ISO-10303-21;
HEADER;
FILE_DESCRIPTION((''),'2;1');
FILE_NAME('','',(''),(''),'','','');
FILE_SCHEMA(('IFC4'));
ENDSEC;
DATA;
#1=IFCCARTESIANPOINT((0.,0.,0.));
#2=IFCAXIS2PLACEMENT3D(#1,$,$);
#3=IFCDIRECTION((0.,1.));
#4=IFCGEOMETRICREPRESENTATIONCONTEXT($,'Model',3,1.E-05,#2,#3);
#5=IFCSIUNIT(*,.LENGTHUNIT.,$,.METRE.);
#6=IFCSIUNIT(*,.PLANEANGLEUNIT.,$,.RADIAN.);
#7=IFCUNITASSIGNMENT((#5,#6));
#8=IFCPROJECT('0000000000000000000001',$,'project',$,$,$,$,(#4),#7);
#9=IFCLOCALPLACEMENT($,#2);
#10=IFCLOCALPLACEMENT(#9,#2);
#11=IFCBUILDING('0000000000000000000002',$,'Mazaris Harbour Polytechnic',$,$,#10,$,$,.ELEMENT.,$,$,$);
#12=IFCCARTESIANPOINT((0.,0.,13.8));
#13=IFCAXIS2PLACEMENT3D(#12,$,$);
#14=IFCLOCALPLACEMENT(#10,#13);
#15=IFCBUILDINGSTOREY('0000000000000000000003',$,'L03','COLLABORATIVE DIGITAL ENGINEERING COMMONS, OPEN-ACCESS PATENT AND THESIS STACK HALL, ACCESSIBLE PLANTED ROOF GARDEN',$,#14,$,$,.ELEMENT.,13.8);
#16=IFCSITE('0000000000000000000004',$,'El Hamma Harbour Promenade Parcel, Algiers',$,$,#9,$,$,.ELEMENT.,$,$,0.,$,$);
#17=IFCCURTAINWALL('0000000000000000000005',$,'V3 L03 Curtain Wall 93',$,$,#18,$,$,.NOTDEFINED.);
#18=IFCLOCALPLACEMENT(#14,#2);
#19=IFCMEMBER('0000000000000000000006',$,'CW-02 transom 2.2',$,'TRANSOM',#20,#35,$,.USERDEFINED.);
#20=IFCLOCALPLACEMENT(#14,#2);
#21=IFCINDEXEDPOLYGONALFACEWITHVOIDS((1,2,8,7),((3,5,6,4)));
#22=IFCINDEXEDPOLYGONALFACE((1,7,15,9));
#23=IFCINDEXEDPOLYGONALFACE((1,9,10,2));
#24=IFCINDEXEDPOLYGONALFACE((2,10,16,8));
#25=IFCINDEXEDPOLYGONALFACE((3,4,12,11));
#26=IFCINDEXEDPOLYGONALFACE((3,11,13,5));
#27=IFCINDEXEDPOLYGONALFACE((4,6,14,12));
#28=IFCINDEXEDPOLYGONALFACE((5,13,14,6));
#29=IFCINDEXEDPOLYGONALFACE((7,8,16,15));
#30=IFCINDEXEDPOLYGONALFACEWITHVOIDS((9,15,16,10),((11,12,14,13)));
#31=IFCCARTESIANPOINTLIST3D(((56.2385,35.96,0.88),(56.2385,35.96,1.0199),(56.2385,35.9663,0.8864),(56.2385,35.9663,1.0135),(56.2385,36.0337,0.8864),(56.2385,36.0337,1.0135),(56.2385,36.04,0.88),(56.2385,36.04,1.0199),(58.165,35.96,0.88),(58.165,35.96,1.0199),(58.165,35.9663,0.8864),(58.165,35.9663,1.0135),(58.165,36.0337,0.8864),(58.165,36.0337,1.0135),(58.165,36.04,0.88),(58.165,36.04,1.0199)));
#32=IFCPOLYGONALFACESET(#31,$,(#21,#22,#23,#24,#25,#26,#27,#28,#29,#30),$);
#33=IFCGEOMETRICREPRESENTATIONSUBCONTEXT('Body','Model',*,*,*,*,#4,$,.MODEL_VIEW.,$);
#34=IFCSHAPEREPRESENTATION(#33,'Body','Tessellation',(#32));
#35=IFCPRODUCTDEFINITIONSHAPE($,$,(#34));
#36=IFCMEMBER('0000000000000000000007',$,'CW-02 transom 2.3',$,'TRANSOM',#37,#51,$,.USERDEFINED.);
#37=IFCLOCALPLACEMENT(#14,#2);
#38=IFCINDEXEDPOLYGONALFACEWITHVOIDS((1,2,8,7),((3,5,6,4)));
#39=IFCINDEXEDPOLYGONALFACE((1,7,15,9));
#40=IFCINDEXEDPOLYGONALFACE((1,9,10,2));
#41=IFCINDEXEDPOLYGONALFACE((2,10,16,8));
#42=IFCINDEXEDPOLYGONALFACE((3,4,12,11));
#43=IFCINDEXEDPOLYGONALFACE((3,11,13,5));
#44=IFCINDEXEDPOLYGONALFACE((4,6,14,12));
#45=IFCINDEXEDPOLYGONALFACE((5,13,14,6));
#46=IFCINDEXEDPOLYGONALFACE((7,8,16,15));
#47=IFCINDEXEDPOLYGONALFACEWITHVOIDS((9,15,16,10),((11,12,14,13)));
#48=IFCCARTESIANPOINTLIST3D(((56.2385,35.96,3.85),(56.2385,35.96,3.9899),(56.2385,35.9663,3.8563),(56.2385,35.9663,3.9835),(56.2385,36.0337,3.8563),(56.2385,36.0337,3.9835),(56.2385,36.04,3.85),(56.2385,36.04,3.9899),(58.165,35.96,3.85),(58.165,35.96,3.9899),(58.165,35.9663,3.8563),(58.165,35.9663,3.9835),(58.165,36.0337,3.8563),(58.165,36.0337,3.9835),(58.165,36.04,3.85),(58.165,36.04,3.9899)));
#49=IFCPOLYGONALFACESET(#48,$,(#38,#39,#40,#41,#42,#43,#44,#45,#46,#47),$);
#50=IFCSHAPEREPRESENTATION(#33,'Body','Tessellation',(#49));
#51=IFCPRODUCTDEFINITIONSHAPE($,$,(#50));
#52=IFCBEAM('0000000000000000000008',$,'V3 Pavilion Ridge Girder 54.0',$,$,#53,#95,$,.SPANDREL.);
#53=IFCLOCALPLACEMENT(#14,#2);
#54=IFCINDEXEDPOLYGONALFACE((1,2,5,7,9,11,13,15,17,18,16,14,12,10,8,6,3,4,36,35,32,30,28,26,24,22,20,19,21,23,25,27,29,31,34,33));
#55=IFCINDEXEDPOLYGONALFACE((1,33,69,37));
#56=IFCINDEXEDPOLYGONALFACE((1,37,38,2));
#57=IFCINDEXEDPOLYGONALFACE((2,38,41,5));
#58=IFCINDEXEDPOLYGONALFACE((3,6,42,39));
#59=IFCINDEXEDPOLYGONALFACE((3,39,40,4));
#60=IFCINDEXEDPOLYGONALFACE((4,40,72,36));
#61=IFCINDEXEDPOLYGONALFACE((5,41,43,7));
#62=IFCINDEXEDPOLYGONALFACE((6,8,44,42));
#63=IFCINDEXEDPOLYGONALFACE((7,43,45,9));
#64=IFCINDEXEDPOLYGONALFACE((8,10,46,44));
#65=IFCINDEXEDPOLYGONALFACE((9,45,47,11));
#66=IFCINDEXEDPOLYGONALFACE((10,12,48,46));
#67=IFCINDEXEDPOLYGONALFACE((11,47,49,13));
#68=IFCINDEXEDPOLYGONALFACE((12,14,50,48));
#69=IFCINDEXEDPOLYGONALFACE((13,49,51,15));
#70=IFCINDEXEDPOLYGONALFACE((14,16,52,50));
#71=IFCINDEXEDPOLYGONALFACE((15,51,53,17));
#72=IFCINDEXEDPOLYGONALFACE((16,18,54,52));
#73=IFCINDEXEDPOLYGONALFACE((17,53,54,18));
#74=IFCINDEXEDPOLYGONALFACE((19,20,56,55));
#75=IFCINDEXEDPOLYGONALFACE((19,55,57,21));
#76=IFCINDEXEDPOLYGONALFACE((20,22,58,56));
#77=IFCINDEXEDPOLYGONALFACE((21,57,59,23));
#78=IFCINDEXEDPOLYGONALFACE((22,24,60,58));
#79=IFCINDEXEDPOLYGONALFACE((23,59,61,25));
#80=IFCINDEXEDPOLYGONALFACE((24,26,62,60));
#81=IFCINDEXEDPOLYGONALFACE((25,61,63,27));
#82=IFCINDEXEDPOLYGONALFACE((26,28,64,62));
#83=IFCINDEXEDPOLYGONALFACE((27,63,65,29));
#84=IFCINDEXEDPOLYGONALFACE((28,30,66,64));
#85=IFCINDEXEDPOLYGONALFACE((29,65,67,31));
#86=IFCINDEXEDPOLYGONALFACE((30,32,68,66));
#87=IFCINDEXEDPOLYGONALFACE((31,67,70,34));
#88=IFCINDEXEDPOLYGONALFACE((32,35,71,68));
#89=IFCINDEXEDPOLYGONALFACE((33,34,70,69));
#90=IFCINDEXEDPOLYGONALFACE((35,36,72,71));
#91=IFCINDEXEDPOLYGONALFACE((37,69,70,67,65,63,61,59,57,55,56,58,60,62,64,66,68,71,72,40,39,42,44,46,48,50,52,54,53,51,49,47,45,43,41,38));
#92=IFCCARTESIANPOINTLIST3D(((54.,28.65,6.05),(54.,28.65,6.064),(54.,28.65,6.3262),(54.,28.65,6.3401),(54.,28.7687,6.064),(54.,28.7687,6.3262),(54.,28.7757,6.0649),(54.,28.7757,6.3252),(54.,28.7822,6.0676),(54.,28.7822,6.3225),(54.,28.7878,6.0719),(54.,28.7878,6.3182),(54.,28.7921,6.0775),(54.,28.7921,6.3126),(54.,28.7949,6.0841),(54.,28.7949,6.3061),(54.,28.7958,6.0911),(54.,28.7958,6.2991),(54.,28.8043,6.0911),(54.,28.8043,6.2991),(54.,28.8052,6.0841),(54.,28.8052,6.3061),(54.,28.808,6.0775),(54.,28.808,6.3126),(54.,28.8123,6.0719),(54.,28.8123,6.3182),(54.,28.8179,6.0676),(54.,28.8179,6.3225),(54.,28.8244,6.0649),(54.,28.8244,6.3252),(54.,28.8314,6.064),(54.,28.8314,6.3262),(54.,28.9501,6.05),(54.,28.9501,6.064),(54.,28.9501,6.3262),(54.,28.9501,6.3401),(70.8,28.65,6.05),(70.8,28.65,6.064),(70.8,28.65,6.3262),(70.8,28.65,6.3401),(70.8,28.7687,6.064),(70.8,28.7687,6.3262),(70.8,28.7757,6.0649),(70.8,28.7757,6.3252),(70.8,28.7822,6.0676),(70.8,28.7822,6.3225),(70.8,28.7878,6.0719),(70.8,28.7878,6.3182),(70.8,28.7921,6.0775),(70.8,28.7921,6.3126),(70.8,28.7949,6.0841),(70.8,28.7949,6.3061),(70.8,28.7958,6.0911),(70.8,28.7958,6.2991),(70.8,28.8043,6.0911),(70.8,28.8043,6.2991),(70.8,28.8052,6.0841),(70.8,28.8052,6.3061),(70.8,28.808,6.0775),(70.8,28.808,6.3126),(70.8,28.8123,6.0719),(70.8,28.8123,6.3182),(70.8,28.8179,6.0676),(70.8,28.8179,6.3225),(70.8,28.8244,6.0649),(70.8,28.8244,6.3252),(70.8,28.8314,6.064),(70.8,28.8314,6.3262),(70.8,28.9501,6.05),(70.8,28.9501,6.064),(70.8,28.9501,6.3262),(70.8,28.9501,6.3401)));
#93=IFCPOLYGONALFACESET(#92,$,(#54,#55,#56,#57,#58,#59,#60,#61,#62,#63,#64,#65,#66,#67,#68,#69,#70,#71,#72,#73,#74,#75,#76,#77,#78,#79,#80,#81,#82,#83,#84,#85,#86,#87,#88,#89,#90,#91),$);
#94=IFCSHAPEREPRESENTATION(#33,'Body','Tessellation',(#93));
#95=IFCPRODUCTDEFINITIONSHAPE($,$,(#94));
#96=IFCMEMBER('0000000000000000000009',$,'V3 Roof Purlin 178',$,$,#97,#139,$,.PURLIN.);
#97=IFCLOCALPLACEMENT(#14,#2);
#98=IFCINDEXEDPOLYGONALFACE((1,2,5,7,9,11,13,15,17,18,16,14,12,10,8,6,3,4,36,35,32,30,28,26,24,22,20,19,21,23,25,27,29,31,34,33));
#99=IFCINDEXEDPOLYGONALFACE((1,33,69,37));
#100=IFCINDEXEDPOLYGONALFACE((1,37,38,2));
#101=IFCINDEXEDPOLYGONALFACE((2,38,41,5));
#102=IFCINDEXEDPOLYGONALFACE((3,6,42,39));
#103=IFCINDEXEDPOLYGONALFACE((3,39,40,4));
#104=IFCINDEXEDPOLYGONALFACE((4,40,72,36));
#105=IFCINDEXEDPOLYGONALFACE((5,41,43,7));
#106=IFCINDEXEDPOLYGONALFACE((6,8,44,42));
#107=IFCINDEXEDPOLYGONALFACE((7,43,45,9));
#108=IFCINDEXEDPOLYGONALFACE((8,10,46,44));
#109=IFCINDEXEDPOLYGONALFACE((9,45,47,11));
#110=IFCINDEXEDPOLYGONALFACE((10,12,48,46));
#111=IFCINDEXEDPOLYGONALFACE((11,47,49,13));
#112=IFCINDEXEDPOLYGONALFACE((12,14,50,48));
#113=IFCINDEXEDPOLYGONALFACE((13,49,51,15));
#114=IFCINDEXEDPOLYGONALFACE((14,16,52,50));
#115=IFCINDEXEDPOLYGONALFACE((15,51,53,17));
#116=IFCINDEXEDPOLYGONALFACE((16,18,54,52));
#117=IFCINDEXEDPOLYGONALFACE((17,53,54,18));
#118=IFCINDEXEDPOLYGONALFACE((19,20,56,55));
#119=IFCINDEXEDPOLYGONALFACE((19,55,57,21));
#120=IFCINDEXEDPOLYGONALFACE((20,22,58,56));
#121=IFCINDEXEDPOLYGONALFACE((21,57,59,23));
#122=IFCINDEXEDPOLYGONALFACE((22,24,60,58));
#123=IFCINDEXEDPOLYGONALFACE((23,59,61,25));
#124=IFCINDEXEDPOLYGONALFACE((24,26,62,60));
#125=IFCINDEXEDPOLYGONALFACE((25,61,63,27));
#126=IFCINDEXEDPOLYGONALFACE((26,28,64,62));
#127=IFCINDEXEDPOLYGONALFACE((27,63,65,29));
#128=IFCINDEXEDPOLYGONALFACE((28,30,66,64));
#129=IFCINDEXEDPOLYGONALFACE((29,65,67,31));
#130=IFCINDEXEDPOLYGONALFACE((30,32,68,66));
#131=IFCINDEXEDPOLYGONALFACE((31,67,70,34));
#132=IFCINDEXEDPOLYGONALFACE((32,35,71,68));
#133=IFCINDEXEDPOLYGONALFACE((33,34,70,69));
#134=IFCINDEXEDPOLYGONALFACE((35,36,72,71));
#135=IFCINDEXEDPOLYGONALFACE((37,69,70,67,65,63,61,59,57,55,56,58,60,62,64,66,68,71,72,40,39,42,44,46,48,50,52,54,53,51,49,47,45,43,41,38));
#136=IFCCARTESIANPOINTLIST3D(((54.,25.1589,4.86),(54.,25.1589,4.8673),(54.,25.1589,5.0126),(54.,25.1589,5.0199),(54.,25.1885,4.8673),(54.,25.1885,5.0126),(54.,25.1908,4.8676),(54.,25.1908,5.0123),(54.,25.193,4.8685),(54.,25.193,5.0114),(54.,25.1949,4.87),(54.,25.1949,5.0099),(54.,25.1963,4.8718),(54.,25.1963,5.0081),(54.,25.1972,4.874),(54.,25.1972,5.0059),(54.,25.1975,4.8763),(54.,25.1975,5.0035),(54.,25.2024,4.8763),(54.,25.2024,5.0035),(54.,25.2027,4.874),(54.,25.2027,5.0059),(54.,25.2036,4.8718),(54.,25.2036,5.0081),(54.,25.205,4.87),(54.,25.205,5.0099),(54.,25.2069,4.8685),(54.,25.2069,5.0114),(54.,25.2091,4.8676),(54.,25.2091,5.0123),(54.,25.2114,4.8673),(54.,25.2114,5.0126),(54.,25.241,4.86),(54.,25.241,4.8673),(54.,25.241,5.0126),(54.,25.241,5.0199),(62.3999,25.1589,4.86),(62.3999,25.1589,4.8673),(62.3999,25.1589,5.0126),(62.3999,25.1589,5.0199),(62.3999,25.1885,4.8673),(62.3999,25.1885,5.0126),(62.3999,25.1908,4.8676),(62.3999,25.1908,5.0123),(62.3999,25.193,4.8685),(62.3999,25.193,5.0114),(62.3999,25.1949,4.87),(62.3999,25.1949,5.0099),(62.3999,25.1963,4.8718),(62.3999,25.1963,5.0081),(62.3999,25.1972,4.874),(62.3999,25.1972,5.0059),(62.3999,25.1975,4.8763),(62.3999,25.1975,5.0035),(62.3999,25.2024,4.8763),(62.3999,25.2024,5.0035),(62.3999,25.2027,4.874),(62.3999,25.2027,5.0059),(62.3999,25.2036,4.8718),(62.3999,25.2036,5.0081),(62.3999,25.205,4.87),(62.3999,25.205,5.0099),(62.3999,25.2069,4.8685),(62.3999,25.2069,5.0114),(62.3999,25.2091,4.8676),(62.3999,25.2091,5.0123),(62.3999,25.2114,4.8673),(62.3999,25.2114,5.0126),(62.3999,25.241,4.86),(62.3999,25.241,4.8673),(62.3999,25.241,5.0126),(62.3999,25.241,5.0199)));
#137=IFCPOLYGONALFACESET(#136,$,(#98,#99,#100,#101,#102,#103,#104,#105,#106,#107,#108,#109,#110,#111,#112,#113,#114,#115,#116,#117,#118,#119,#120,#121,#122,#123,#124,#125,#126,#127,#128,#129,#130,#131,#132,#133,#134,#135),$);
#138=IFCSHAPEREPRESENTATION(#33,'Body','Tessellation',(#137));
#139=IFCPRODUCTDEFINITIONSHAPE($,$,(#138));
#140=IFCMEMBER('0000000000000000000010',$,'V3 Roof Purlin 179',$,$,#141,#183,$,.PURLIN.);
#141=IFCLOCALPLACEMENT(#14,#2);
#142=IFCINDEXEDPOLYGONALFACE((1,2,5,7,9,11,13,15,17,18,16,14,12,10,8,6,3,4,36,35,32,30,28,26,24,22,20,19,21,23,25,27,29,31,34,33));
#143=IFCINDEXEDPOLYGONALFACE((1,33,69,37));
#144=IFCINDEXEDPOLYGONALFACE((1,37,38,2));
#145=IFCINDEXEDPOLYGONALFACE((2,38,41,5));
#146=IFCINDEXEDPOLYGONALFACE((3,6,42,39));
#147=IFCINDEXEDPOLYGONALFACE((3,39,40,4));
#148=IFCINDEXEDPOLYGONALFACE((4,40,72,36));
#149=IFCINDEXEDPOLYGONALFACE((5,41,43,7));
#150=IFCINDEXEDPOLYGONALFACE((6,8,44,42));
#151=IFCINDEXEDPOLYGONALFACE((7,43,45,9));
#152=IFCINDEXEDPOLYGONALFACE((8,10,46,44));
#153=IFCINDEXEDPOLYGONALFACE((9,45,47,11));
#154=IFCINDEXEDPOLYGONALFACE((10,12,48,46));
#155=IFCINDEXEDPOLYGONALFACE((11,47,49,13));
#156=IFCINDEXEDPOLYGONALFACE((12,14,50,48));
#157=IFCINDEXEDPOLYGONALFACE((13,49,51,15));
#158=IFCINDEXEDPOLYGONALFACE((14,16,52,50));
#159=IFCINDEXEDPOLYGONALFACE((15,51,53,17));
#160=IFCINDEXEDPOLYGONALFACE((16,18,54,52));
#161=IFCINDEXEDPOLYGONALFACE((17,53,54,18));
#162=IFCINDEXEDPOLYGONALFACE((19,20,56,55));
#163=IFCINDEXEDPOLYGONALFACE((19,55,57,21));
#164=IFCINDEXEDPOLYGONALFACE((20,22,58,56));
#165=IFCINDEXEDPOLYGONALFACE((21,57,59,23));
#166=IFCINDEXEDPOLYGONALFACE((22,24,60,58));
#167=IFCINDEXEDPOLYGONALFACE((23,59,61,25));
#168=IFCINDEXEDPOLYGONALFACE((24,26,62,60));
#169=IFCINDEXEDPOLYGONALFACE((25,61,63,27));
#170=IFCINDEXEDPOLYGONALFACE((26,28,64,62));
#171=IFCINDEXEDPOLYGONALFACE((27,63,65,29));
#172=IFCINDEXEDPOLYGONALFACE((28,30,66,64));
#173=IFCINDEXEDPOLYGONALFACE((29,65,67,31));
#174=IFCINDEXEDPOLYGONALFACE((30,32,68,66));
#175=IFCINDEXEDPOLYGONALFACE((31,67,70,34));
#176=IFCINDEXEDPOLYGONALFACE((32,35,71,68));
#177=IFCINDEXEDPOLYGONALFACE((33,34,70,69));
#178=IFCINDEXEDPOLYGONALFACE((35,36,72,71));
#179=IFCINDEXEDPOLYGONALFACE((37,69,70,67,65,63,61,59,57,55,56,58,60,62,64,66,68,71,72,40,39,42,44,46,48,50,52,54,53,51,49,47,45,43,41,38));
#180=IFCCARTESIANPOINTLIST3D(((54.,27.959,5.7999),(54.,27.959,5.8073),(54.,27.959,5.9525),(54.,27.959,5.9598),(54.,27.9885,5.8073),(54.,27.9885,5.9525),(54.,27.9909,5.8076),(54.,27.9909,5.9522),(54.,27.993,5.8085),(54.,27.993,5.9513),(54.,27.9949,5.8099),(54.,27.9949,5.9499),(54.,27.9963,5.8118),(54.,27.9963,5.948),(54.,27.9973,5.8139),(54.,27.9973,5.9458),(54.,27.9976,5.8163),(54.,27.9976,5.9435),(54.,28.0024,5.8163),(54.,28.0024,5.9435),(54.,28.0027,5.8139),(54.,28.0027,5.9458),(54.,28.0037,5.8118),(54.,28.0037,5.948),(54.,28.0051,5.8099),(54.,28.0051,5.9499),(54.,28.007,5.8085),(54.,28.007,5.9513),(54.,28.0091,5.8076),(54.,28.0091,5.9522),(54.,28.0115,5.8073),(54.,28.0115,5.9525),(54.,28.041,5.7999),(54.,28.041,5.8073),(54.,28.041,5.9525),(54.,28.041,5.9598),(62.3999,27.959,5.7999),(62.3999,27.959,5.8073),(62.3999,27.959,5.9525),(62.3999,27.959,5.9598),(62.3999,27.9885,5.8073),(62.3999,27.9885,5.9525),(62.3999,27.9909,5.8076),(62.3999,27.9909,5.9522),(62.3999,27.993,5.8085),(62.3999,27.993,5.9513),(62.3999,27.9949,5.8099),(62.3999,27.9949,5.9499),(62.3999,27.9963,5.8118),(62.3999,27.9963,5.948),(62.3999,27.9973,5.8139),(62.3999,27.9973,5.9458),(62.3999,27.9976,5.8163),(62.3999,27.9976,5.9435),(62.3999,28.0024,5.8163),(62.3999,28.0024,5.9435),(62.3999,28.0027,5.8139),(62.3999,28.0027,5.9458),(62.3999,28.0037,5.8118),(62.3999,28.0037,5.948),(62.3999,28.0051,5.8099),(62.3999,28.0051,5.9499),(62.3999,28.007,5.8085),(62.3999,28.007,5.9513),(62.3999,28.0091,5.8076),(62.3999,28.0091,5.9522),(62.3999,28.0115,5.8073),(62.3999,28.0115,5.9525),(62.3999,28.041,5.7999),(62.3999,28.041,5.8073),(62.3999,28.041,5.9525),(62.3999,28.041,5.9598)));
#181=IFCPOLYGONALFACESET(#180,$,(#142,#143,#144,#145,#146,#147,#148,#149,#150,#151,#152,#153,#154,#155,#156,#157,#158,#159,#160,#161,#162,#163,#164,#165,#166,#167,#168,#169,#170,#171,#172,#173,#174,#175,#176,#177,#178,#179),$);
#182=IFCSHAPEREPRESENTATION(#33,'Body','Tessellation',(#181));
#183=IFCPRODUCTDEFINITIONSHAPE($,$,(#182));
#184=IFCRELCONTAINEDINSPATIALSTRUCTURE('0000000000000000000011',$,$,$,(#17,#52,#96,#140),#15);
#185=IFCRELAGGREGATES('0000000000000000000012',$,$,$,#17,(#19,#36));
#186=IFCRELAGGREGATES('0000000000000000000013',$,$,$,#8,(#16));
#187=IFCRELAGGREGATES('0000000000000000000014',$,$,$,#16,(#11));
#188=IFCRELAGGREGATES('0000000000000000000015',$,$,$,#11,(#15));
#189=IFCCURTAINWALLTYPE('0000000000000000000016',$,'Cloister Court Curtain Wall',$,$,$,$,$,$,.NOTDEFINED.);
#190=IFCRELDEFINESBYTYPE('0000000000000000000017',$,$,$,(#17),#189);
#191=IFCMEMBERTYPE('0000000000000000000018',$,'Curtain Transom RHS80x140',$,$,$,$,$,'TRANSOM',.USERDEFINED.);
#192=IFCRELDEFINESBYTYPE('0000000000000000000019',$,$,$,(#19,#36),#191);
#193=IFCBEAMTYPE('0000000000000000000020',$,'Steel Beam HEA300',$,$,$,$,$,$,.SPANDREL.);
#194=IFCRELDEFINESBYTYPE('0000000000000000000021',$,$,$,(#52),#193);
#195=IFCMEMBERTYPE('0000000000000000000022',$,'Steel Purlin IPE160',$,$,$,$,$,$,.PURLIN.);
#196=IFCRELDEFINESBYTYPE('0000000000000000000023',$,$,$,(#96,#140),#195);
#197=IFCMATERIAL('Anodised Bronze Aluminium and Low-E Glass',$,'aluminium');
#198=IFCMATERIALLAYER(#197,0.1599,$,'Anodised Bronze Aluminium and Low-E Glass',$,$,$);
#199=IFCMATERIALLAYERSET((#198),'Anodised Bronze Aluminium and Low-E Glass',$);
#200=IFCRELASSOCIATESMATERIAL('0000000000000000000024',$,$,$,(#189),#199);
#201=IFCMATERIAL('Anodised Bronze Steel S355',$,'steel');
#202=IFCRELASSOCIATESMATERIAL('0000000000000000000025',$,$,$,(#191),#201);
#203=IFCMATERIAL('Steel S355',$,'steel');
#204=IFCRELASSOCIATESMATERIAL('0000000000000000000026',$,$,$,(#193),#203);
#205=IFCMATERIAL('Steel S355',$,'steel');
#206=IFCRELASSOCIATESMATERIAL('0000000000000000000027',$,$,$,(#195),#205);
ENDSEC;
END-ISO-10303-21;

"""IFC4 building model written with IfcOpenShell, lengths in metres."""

from ifc_helpers import new_model, si_unit, direction, frame, origin, origin_2d, place, context, subcontext, project, spatial, hollow_rectangle, i_section, extrude, material, layer, layer_set, material_profile, profile_set, type_object, element, aggregate, save


model = new_model("IFC4")

# Units and contexts
model_context = context("Model", 3, precision=1e-05, world=origin(), true_north=direction((0.0, 1.0)))
body_context = subcontext(model_context, "Body", "Model", "MODEL_VIEW")
ifc_project = project(units=[si_unit("LENGTHUNIT", "METRE"), si_unit("PLANEANGLEUNIT", "RADIAN")], contexts=[model_context])

# Site, building, storey
site_placement = place(None, origin())
site = spatial("IfcSite", under=ifc_project, at=site_placement, Name="El Hamma Harbour Promenade Parcel, Algiers", CompositionType="ELEMENT", RefElevation=0.0)
building_placement = place(site_placement, origin())
building = spatial("IfcBuilding", under=site, at=building_placement, Name="Mazaris Harbour Polytechnic", CompositionType="ELEMENT")
storey_placement = place(building_placement, frame((0.0, 0.0, 13.8)))
storey = spatial("IfcBuildingStorey", under=building, at=storey_placement, Name="L03", Description="COLLABORATIVE DIGITAL ENGINEERING COMMONS, OPEN-ACCESS PATENT AND THESIS STACK HALL, ACCESSIBLE PLANTED ROOF GARDEN", CompositionType="ELEMENT", Elevation=13.8)

# Curtain wall, members
ifc_material_1 = material(Name="Anodised Bronze Aluminium and Low-E Glass", Category="aluminium")
ifc_layer_1 = layer(ifc_material_1, 0.1599, Name="Anodised Bronze Aluminium and Low-E Glass")
ifc_layer_set_1 = layer_set([ifc_layer_1], Name="Anodised Bronze Aluminium and Low-E Glass")
curtain_wall_type = type_object("IfcCurtainWallType", Name="Cloister Court Curtain Wall", PredefinedType="NOTDEFINED", material=ifc_layer_set_1)
curtain_wall_placement = place(storey_placement, origin())
curtain_wall = element("IfcCurtainWall", 1, at=curtain_wall_placement, inside=storey, type_object=curtain_wall_type, Name="V3 L03 Curtain Wall 93", PredefinedType="NOTDEFINED")
ifc_material_2 = material(Name="Anodised Bronze Steel S355", Category="steel")
ifc_material_profile_1 = material_profile(ifc_material_2, hollow_rectangle(XDim=0.0801, YDim=0.1399, WallThickness=0.0063, at=origin_2d()), Name="RHS 80x140x6.3")
ifc_profile_set_1 = profile_set([ifc_material_profile_1], Name="Anodised Bronze Steel S355")
member_type_1 = type_object("IfcMemberType", Name="Curtain Transom RHS80x140", ElementType="TRANSOM", PredefinedType="USERDEFINED", material=ifc_profile_set_1)
member_1_placement = place(storey_placement, frame((56.2385, 36.0, 0.95), z_axis=(1.0, 0.0, 0.0), x_axis=(0.0, 1.0, 0.0)))
member_1 = element("IfcMember", 2, at=member_1_placement, type_object=member_type_1, Name="CW-02 transom 2.2", ObjectType="TRANSOM", PredefinedType="USERDEFINED", context=body_context, shape_type="SweptSolid", body=[
    extrude(hollow_rectangle(XDim=0.0801, YDim=0.1399, WallThickness=0.0063, at=origin_2d()), origin(), (0.0, 0.0, 1.0), 1.9265),
])
member_2_placement = place(storey_placement, frame((56.2385, 36.0, 3.9199), z_axis=(1.0, 0.0, 0.0), x_axis=(0.0, 1.0, 0.0)))
member_2 = element("IfcMember", 3, at=member_2_placement, type_object=member_type_1, Name="CW-02 transom 2.3", ObjectType="TRANSOM", PredefinedType="USERDEFINED", context=body_context, shape_type="SweptSolid", body=[
    extrude(hollow_rectangle(XDim=0.0801, YDim=0.1399, WallThickness=0.0063, at=origin_2d()), origin(), (0.0, 0.0, 1.0), 1.9265),
])

# Beam
ifc_material_3 = material(Name="Steel S355", Category="steel")
ifc_material_profile_2 = material_profile(ifc_material_3, i_section(OverallWidth=0.3, OverallDepth=0.29, WebThickness=0.0085, FlangeThickness=0.0139, FilletRadius=0.0271, at=origin_2d()), Name="HEA 300")
ifc_profile_set_2 = profile_set([ifc_material_profile_2], Name="Steel S355")
beam_type = type_object("IfcBeamType", Name="Steel Beam HEA300", PredefinedType="SPANDREL", material=ifc_profile_set_2)
beam_placement = place(storey_placement, frame((54.0, 28.8, 6.1951), z_axis=(1.0, 0.0, 0.0), x_axis=(0.0, 1.0, 0.0)))
element("IfcBeam", 4, at=beam_placement, inside=storey, type_object=beam_type, Name="V3 Pavilion Ridge Girder 54.0", PredefinedType="SPANDREL", context=body_context, shape_type="SweptSolid", body=[
    extrude(i_section(OverallWidth=0.3, OverallDepth=0.29, WebThickness=0.0085, FlangeThickness=0.0139, FilletRadius=0.0271, at=origin_2d()), origin(), (0.0, 0.0, 1.0), 16.8),
])

# Members
ifc_material_4 = material(Name="Steel S355", Category="steel")
ifc_material_profile_3 = material_profile(ifc_material_4, i_section(OverallWidth=0.082, OverallDepth=0.1599, WebThickness=0.0049, FlangeThickness=0.0073, FilletRadius=0.009, at=origin_2d()), Name="IPE 160")
ifc_profile_set_3 = profile_set([ifc_material_profile_3], Name="Steel S355")
member_type_2 = type_object("IfcMemberType", Name="Steel Purlin IPE160", PredefinedType="PURLIN", material=ifc_profile_set_3)
for number, where, z_axis, x_axis, name in (
    (5, (54.0, 25.2, 4.9399), (1.0, 0.0, 0.0), (0.0, 1.0, 0.0), "V3 Roof Purlin 178"),
    (6, (54.0, 28.0, 5.8799), (1.0, 0.0, 0.0), (0.0, 1.0, 0.0), "V3 Roof Purlin 179"),
):
    element("IfcMember", number, at=place(storey_placement, frame(where, z_axis=z_axis, x_axis=x_axis)), inside=storey, type_object=member_type_2, Name=name, PredefinedType="PURLIN", context=body_context, shape_type="SweptSolid", body=[
        extrude(i_section(OverallWidth=0.082, OverallDepth=0.1599, WebThickness=0.0049, FlangeThickness=0.0073, FilletRadius=0.009, at=origin_2d()), origin(), (0.0, 0.0, 1.0), 8.3999),
    ])

aggregate(curtain_wall, [member_1, member_2])

save(model, "model.ifc")
